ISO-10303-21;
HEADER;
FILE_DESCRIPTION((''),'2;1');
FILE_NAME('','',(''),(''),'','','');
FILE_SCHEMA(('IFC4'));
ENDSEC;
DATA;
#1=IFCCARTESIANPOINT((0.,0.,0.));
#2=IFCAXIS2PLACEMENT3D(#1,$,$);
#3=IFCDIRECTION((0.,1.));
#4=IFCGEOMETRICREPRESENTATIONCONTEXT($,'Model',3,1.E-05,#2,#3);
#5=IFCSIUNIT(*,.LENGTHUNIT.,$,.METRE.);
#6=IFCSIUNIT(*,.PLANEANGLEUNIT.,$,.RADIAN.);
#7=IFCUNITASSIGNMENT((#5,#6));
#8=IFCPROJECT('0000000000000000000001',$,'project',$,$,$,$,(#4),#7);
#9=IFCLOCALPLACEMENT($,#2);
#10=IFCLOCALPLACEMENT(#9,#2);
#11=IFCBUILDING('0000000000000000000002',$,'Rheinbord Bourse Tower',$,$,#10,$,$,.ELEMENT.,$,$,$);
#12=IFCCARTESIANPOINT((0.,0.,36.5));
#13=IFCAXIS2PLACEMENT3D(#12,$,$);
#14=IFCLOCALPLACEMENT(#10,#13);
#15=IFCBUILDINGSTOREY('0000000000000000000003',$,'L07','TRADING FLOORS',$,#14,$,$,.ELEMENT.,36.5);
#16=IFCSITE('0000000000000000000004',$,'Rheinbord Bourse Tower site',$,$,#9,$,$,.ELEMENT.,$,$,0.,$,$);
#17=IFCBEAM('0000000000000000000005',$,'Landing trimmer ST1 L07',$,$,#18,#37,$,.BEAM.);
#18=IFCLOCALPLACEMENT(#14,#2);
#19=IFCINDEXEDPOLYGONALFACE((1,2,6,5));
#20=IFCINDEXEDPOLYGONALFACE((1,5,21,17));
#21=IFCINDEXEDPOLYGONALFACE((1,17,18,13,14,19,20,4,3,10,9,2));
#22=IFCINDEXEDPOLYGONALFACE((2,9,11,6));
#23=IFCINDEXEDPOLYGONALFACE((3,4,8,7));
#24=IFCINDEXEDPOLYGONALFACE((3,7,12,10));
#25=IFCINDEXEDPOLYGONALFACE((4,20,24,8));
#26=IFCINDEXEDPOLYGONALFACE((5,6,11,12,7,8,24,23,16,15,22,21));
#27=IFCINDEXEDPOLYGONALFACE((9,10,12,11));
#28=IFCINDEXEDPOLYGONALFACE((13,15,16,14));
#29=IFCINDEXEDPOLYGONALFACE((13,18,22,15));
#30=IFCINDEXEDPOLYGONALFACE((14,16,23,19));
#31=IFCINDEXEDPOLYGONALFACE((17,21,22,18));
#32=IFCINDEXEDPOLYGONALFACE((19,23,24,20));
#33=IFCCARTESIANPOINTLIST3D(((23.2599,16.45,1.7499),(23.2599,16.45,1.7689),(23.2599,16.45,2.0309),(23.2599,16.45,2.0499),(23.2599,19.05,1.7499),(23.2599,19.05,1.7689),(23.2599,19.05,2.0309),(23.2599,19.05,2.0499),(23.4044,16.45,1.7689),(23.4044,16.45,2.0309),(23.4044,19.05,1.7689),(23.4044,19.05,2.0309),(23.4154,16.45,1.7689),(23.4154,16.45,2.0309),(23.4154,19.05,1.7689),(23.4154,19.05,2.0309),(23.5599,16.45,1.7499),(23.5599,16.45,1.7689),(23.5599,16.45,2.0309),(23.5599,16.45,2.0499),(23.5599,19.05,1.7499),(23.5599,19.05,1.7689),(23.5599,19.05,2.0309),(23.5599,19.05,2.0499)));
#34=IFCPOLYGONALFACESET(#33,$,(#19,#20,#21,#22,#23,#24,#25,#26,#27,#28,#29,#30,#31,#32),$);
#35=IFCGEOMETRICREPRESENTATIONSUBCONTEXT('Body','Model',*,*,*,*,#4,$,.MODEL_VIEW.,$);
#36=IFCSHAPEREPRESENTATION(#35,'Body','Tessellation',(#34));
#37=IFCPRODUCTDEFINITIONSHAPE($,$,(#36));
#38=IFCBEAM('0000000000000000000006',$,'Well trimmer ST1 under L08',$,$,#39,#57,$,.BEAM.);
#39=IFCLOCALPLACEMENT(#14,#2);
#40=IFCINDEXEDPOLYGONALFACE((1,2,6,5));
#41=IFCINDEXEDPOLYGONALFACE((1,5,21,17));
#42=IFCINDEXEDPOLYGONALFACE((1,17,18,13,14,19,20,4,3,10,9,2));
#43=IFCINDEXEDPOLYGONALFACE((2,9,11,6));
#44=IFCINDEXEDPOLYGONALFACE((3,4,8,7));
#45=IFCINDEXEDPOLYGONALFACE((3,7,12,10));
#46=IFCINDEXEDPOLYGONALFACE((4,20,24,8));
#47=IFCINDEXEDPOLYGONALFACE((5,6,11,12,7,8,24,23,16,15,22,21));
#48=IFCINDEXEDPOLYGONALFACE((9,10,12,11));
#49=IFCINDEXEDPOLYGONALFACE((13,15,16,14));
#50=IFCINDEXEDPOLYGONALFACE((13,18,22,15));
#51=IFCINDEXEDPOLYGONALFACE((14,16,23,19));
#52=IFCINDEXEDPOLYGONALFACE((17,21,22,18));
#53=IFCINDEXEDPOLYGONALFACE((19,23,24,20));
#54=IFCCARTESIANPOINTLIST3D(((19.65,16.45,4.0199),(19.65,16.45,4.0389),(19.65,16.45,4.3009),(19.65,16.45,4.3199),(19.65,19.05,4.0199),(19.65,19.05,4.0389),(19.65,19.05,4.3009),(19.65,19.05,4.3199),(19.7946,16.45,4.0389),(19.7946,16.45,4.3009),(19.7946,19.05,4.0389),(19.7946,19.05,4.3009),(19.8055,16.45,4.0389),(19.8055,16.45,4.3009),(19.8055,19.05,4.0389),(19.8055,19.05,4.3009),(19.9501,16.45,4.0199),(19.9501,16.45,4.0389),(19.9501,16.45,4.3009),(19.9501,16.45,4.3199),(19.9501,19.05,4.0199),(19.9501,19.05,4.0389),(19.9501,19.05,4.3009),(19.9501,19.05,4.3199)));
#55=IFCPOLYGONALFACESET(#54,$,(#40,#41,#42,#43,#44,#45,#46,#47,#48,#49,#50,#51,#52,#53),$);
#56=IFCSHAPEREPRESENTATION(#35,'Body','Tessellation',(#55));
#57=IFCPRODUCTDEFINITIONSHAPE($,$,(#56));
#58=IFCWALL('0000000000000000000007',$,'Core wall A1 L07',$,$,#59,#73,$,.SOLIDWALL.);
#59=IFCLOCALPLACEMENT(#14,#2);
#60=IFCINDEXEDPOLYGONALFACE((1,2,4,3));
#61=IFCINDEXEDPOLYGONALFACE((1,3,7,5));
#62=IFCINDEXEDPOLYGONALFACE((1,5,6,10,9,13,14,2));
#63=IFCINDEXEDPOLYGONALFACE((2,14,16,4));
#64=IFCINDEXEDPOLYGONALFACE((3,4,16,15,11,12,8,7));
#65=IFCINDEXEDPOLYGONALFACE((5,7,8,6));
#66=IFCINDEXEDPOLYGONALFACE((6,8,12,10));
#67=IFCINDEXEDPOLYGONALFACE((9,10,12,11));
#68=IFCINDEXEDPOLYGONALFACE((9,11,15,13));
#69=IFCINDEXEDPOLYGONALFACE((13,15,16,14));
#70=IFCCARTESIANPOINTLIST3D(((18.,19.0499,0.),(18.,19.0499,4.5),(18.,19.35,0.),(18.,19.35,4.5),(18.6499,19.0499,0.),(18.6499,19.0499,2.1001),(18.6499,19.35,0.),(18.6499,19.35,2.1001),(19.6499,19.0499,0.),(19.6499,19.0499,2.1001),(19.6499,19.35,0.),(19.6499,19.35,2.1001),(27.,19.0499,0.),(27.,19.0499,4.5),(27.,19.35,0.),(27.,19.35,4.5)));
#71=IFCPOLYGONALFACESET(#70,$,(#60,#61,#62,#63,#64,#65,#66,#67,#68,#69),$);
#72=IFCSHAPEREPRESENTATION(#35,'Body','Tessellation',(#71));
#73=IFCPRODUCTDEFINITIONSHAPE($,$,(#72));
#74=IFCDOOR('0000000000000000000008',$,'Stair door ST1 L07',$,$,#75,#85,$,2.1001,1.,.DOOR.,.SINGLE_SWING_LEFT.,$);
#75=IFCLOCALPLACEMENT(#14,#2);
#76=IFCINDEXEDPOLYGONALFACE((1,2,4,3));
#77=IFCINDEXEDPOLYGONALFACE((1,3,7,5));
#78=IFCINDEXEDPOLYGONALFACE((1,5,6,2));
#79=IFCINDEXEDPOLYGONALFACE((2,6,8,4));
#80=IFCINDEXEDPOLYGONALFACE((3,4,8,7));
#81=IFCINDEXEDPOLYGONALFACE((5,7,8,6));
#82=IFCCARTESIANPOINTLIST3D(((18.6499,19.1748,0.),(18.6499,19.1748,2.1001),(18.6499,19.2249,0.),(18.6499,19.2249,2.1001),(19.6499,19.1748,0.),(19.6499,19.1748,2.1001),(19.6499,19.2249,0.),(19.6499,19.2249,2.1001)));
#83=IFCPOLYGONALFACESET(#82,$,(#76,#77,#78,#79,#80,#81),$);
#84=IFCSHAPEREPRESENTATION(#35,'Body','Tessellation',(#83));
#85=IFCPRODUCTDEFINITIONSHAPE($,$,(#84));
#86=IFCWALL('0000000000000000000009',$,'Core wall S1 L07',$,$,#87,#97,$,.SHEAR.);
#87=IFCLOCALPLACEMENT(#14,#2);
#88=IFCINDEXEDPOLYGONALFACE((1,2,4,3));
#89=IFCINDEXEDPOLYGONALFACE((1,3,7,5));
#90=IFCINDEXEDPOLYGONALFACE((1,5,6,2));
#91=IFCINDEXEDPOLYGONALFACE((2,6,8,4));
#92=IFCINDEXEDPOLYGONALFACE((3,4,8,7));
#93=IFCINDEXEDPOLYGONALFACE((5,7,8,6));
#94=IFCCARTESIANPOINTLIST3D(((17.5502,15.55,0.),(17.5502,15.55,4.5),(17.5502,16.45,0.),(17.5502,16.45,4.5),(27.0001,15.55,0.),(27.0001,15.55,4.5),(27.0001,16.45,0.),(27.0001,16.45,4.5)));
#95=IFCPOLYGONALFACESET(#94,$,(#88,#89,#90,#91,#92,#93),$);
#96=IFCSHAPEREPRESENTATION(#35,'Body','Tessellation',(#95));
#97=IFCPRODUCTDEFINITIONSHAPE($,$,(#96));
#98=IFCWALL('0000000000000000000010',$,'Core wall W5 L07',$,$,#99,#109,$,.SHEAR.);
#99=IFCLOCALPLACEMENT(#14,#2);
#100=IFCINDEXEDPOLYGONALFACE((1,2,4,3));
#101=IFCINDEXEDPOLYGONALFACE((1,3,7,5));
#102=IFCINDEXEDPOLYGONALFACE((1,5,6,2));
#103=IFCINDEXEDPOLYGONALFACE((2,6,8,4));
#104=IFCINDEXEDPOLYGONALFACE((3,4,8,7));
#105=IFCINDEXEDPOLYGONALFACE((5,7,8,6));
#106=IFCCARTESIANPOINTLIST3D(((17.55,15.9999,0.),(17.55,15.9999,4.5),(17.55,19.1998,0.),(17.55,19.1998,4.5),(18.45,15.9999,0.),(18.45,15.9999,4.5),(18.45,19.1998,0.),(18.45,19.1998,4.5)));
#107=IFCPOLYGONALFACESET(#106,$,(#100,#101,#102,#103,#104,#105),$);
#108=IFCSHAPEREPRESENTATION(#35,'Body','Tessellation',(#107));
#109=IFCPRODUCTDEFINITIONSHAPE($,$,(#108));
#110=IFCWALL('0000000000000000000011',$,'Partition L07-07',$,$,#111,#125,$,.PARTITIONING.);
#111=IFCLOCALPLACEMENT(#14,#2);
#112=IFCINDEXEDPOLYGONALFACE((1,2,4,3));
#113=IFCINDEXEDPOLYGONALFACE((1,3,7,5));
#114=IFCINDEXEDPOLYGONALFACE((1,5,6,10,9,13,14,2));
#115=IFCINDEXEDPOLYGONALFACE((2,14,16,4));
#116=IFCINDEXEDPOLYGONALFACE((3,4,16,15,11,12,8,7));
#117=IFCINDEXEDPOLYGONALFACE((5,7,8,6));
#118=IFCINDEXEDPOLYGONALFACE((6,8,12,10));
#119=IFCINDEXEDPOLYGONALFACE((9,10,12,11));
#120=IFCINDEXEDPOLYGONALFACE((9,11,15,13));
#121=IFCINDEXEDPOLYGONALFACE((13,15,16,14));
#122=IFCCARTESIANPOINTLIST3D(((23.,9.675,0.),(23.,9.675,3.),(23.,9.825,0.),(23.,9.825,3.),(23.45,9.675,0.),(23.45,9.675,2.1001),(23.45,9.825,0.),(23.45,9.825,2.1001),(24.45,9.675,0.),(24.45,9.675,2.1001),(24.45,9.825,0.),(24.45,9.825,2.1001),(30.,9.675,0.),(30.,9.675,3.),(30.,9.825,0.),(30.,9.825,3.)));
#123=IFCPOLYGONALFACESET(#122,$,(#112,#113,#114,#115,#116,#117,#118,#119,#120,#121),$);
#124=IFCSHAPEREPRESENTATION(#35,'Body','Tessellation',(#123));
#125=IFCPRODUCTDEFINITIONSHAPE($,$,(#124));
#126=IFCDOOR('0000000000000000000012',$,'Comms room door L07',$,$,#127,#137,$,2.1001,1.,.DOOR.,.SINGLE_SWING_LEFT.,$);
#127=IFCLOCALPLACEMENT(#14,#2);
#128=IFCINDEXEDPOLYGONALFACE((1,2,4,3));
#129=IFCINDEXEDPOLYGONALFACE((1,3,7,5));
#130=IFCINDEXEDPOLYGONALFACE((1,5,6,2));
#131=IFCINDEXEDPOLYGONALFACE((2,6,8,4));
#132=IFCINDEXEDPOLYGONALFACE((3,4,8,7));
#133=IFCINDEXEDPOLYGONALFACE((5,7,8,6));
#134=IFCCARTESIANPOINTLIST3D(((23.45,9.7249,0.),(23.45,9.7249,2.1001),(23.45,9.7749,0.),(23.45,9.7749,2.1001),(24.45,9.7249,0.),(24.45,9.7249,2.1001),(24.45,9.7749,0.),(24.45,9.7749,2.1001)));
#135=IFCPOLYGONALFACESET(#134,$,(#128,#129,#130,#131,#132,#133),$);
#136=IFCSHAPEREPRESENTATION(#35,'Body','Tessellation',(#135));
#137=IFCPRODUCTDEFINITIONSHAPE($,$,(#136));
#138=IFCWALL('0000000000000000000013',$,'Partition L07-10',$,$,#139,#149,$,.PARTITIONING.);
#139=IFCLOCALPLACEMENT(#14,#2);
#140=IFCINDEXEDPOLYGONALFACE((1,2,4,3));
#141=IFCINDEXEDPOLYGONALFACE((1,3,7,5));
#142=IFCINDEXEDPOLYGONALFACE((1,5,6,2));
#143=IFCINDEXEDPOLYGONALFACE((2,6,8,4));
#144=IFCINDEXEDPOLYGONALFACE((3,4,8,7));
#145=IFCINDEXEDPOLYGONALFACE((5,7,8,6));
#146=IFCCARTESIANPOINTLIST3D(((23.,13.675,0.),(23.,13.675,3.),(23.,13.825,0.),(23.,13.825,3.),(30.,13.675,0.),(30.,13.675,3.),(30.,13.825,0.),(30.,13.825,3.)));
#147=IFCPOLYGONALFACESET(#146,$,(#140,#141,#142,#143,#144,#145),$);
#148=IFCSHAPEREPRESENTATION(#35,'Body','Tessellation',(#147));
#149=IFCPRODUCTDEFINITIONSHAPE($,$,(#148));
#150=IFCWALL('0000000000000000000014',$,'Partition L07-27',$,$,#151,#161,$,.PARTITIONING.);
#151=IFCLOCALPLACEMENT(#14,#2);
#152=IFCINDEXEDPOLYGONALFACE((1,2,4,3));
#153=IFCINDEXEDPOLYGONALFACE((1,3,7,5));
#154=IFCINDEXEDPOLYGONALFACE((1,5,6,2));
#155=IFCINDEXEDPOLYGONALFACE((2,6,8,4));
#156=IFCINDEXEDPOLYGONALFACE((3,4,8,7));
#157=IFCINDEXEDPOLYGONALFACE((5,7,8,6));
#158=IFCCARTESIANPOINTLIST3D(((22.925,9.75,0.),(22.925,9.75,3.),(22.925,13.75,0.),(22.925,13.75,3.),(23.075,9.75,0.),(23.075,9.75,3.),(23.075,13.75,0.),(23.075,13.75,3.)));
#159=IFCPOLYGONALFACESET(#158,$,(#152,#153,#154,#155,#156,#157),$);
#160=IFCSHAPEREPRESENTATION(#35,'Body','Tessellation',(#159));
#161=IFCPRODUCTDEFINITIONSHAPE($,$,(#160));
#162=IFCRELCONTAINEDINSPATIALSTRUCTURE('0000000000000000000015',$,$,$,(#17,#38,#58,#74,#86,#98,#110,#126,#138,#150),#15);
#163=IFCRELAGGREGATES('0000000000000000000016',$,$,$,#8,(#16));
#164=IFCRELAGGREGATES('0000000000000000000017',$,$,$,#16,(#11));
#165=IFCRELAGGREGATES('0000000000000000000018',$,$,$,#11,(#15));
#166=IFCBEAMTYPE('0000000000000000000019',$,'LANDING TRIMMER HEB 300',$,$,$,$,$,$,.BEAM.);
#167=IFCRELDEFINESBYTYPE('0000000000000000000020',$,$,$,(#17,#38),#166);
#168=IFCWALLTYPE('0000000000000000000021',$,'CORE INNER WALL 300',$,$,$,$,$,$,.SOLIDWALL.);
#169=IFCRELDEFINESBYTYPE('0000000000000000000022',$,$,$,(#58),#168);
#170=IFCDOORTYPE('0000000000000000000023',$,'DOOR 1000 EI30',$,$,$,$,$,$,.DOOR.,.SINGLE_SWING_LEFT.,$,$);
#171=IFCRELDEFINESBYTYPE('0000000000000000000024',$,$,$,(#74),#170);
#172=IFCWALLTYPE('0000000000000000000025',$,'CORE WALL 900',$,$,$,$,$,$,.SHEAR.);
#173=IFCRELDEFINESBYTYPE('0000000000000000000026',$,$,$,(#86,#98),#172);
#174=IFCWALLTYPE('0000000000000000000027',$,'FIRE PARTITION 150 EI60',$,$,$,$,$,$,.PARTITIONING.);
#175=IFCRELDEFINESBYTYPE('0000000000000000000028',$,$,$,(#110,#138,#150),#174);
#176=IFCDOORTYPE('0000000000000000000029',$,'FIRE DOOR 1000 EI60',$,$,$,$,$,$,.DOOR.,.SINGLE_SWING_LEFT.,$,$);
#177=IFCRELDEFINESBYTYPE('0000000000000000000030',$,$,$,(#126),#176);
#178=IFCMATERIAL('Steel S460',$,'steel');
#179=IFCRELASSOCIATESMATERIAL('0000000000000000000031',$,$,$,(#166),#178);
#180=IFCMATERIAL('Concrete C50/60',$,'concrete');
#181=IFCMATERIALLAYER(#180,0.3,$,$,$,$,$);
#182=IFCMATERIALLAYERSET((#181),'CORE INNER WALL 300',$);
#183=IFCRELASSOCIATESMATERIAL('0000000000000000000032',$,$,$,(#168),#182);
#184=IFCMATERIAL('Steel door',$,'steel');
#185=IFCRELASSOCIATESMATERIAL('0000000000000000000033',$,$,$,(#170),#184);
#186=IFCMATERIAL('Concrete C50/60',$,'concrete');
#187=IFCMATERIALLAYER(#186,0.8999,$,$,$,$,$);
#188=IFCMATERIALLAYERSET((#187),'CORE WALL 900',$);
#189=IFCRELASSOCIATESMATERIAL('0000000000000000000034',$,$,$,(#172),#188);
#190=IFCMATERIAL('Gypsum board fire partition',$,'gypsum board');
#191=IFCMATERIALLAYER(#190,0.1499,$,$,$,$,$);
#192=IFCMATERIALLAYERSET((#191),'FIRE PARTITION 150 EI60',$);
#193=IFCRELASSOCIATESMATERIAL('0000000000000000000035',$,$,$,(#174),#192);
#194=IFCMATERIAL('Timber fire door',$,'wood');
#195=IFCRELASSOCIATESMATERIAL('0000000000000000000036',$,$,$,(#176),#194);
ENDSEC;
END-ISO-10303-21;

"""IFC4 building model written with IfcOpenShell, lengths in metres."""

from ifc_helpers import new_model, si_unit, direction, frame, frame_2d, origin, origin_2d, place, context, subcontext, project, spatial, rectangle, i_section, extrude, material, layer, layer_set, material_profile, profile_set, type_object, element, fill, save


model = new_model("IFC4")

# Units and contexts
model_context = context("Model", 3, precision=1e-05, world=origin(), true_north=direction((0.0, 1.0)))
body_context = subcontext(model_context, "Body", "Model", "MODEL_VIEW")
ifc_project = project(units=[si_unit("LENGTHUNIT", "METRE"), si_unit("PLANEANGLEUNIT", "RADIAN")], contexts=[model_context])

# Site, building, storey
site_placement = place(None, origin())
site = spatial("IfcSite", under=ifc_project, at=site_placement, Name="Rheinbord Bourse Tower site", CompositionType="ELEMENT", RefElevation=0.0)
building_placement = place(site_placement, origin())
building = spatial("IfcBuilding", under=site, at=building_placement, Name="Rheinbord Bourse Tower", CompositionType="ELEMENT")
storey_placement = place(building_placement, frame((0.0, 0.0, 36.5)))
storey = spatial("IfcBuildingStorey", under=building, at=storey_placement, Name="L07", Description="TRADING FLOORS", CompositionType="ELEMENT", Elevation=36.5)

# Beams
ifc_material_1 = material(Name="Steel S460", Category="steel")
ifc_material_profile = material_profile(ifc_material_1, i_section(OverallWidth=0.3, OverallDepth=0.3, WebThickness=0.011, FlangeThickness=0.019, at=origin_2d()), Name="HEB 300")
ifc_profile_set = profile_set([ifc_material_profile], Name="Steel S460")
beam_type = type_object("IfcBeamType", Name="LANDING TRIMMER HEB 300", PredefinedType="BEAM", material=ifc_profile_set)
for number, where, z_axis, x_axis, name in (
    (1, (23.4099, 16.45, 1.8999), (0.0, 1.0, 0.0), (-1.0, 0.0, 0.0), "Landing trimmer ST1 L07"),
    (2, (19.8, 16.45, 4.1699), (0.0, 1.0, 0.0), (-1.0, 0.0, 0.0), "Well trimmer ST1 under L08"),
):
    element("IfcBeam", number, at=place(storey_placement, frame(where, z_axis=z_axis, x_axis=x_axis)), inside=storey, type_object=beam_type, Name=name, PredefinedType="BEAM", context=body_context, shape_type="SweptSolid", body=[
        extrude(i_section(OverallWidth=0.3, OverallDepth=0.3, WebThickness=0.011, FlangeThickness=0.019, at=origin_2d()), origin(), (0.0, 0.0, 1.0), 2.6001),
    ])

# Wall, opening, door
ifc_material_2 = material(Name="Concrete C50/60", Category="concrete")
ifc_layer_1 = layer(ifc_material_2, 0.3)
ifc_layer_set_1 = layer_set([ifc_layer_1], Name="CORE INNER WALL 300")
wall_type_1 = type_object("IfcWallType", Name="CORE INNER WALL 300", PredefinedType="SOLIDWALL", material=ifc_layer_set_1)
wall_1_placement = place(storey_placement, frame((18.0, 19.2, 0.0), z_axis=(0.0, 0.0, 1.0), x_axis=(1.0, 0.0, 0.0)))
wall_1 = element("IfcWall", 3, at=wall_1_placement, inside=storey, type_object=wall_type_1, Name="Core wall A1 L07", PredefinedType="SOLIDWALL", context=body_context, shape_type="SweptSolid", body=[
    extrude(rectangle(XDim=9.0, YDim=0.3, at=frame_2d((4.5, 0.0))), origin(), (0.0, 0.0, 1.0), 4.5),
])
opening_1_placement = place(wall_1_placement, frame((0.6499, 0.0, 0.0)))
opening_1 = element("IfcOpeningElement", 4, at=opening_1_placement, cuts=wall_1, PredefinedType="OPENING", context=body_context, shape_type="SweptSolid", body=[
    extrude(rectangle(XDim=1.0, YDim=2.1001, at=frame_2d((0.5, 1.05))), frame((0.0, 0.1599, 0.0), z_axis=(0.0, -1.0, 0.0), x_axis=(1.0, 0.0, 0.0)), (0.0, 0.0, 1.0), 0.3201),
])
ifc_material_3 = material(Name="Steel door", Category="steel")
door_type_1 = type_object("IfcDoorType", Name="DOOR 1000 EI30", OperationType="SINGLE_SWING_LEFT", PredefinedType="DOOR", material=ifc_material_3)
door_1_placement = place(opening_1_placement, origin())
door_1 = element("IfcDoor", 5, at=door_1_placement, inside=storey, type_object=door_type_1, Name="Stair door ST1 L07", OperationType="SINGLE_SWING_LEFT", OverallHeight=2.1001, OverallWidth=1.0, PredefinedType="DOOR", context=body_context, shape_type="SweptSolid", body=[
    extrude(rectangle(XDim=1.0, YDim=2.1001, at=frame_2d((0.5, 1.05))), frame((0.0, 0.0249, 0.0), z_axis=(0.0, -1.0, 0.0), x_axis=(1.0, 0.0, 0.0)), (0.0, 0.0, 1.0), 0.05),
])
fill(opening_1, door_1)

# Walls
ifc_material_4 = material(Name="Concrete C50/60", Category="concrete")
ifc_layer_2 = layer(ifc_material_4, 0.8999)
ifc_layer_set_2 = layer_set([ifc_layer_2], Name="CORE WALL 900")
wall_type_2 = type_object("IfcWallType", Name="CORE WALL 900", PredefinedType="SHEAR", material=ifc_layer_set_2)
wall_2_placement = place(storey_placement, frame((17.55, 16.0, 0.0), z_axis=(0.0, 0.0, 1.0), x_axis=(1.0, 0.0, 0.0)))
element("IfcWall", 6, at=wall_2_placement, inside=storey, type_object=wall_type_2, Name="Core wall S1 L07", PredefinedType="SHEAR", context=body_context, shape_type="SweptSolid", body=[
    extrude(rectangle(XDim=9.45, YDim=0.8999, at=frame_2d((4.7251, 0.0))), origin(), (0.0, 0.0, 1.0), 4.5),
])
wall_3_placement = place(storey_placement, frame((18.0, 19.2, 0.0), z_axis=(0.0, 0.0, 1.0), x_axis=(0.0, -1.0, 0.0)))
element("IfcWall", 7, at=wall_3_placement, inside=storey, type_object=wall_type_2, Name="Core wall W5 L07", PredefinedType="SHEAR", context=body_context, shape_type="SweptSolid", body=[
    extrude(rectangle(XDim=3.2, YDim=0.8999, at=frame_2d((1.6001, 0.0))), origin(), (0.0, 0.0, 1.0), 4.5),
])

# Wall, opening, door
ifc_material_5 = material(Name="Gypsum board fire partition", Category="gypsum board")
ifc_layer_3 = layer(ifc_material_5, 0.1499)
ifc_layer_set_3 = layer_set([ifc_layer_3], Name="FIRE PARTITION 150 EI60")
wall_type_3 = type_object("IfcWallType", Name="FIRE PARTITION 150 EI60", PredefinedType="PARTITIONING", material=ifc_layer_set_3)
wall_4_placement = place(storey_placement, frame((23.0, 9.75, 0.0), z_axis=(0.0, 0.0, 1.0), x_axis=(1.0, 0.0, 0.0)))
wall_4 = element("IfcWall", 8, at=wall_4_placement, inside=storey, type_object=wall_type_3, Name="Partition L07-07", PredefinedType="PARTITIONING", context=body_context, shape_type="SweptSolid", body=[
    extrude(rectangle(XDim=7.0, YDim=0.1499, at=frame_2d((3.5, 0.0))), origin(), (0.0, 0.0, 1.0), 3.0),
])
opening_2_placement = place(wall_4_placement, frame((0.45, 0.0, 0.0)))
opening_2 = element("IfcOpeningElement", 9, at=opening_2_placement, cuts=wall_4, PredefinedType="OPENING", context=body_context, shape_type="SweptSolid", body=[
    extrude(rectangle(XDim=1.0, YDim=2.1001, at=frame_2d((0.5, 1.05))), frame((0.0, 0.085, 0.0), z_axis=(0.0, -1.0, 0.0), x_axis=(1.0, 0.0, 0.0)), (0.0, 0.0, 1.0), 0.1699),
])
ifc_material_6 = material(Name="Timber fire door", Category="wood")
door_type_2 = type_object("IfcDoorType", Name="FIRE DOOR 1000 EI60", OperationType="SINGLE_SWING_LEFT", PredefinedType="DOOR", material=ifc_material_6)
door_2_placement = place(opening_2_placement, origin())
door_2 = element("IfcDoor", 10, at=door_2_placement, inside=storey, type_object=door_type_2, Name="Comms room door L07", OperationType="SINGLE_SWING_LEFT", OverallHeight=2.1001, OverallWidth=1.0, PredefinedType="DOOR", context=body_context, shape_type="SweptSolid", body=[
    extrude(rectangle(XDim=1.0, YDim=2.1001, at=frame_2d((0.5, 1.05))), frame((0.0, 0.0249, 0.0), z_axis=(0.0, -1.0, 0.0), x_axis=(1.0, 0.0, 0.0)), (0.0, 0.0, 1.0), 0.05),
])
fill(opening_2, door_2)

# Walls
wall_5_placement = place(storey_placement, frame((23.0, 13.75, 0.0), z_axis=(0.0, 0.0, 1.0), x_axis=(1.0, 0.0, 0.0)))
element("IfcWall", 11, at=wall_5_placement, inside=storey, type_object=wall_type_3, Name="Partition L07-10", PredefinedType="PARTITIONING", context=body_context, shape_type="SweptSolid", body=[
    extrude(rectangle(XDim=7.0, YDim=0.1499, at=frame_2d((3.5, 0.0))), origin(), (0.0, 0.0, 1.0), 3.0),
])
wall_6_placement = place(storey_placement, frame((23.0, 9.75, 0.0), z_axis=(0.0, 0.0, 1.0), x_axis=(0.0, 1.0, 0.0)))
element("IfcWall", 12, at=wall_6_placement, inside=storey, type_object=wall_type_3, Name="Partition L07-27", PredefinedType="PARTITIONING", context=body_context, shape_type="SweptSolid", body=[
    extrude(rectangle(XDim=4.0, YDim=0.1499, at=frame_2d((2.0, 0.0))), origin(), (0.0, 0.0, 1.0), 3.0),
])

save(model, "model.ifc")
